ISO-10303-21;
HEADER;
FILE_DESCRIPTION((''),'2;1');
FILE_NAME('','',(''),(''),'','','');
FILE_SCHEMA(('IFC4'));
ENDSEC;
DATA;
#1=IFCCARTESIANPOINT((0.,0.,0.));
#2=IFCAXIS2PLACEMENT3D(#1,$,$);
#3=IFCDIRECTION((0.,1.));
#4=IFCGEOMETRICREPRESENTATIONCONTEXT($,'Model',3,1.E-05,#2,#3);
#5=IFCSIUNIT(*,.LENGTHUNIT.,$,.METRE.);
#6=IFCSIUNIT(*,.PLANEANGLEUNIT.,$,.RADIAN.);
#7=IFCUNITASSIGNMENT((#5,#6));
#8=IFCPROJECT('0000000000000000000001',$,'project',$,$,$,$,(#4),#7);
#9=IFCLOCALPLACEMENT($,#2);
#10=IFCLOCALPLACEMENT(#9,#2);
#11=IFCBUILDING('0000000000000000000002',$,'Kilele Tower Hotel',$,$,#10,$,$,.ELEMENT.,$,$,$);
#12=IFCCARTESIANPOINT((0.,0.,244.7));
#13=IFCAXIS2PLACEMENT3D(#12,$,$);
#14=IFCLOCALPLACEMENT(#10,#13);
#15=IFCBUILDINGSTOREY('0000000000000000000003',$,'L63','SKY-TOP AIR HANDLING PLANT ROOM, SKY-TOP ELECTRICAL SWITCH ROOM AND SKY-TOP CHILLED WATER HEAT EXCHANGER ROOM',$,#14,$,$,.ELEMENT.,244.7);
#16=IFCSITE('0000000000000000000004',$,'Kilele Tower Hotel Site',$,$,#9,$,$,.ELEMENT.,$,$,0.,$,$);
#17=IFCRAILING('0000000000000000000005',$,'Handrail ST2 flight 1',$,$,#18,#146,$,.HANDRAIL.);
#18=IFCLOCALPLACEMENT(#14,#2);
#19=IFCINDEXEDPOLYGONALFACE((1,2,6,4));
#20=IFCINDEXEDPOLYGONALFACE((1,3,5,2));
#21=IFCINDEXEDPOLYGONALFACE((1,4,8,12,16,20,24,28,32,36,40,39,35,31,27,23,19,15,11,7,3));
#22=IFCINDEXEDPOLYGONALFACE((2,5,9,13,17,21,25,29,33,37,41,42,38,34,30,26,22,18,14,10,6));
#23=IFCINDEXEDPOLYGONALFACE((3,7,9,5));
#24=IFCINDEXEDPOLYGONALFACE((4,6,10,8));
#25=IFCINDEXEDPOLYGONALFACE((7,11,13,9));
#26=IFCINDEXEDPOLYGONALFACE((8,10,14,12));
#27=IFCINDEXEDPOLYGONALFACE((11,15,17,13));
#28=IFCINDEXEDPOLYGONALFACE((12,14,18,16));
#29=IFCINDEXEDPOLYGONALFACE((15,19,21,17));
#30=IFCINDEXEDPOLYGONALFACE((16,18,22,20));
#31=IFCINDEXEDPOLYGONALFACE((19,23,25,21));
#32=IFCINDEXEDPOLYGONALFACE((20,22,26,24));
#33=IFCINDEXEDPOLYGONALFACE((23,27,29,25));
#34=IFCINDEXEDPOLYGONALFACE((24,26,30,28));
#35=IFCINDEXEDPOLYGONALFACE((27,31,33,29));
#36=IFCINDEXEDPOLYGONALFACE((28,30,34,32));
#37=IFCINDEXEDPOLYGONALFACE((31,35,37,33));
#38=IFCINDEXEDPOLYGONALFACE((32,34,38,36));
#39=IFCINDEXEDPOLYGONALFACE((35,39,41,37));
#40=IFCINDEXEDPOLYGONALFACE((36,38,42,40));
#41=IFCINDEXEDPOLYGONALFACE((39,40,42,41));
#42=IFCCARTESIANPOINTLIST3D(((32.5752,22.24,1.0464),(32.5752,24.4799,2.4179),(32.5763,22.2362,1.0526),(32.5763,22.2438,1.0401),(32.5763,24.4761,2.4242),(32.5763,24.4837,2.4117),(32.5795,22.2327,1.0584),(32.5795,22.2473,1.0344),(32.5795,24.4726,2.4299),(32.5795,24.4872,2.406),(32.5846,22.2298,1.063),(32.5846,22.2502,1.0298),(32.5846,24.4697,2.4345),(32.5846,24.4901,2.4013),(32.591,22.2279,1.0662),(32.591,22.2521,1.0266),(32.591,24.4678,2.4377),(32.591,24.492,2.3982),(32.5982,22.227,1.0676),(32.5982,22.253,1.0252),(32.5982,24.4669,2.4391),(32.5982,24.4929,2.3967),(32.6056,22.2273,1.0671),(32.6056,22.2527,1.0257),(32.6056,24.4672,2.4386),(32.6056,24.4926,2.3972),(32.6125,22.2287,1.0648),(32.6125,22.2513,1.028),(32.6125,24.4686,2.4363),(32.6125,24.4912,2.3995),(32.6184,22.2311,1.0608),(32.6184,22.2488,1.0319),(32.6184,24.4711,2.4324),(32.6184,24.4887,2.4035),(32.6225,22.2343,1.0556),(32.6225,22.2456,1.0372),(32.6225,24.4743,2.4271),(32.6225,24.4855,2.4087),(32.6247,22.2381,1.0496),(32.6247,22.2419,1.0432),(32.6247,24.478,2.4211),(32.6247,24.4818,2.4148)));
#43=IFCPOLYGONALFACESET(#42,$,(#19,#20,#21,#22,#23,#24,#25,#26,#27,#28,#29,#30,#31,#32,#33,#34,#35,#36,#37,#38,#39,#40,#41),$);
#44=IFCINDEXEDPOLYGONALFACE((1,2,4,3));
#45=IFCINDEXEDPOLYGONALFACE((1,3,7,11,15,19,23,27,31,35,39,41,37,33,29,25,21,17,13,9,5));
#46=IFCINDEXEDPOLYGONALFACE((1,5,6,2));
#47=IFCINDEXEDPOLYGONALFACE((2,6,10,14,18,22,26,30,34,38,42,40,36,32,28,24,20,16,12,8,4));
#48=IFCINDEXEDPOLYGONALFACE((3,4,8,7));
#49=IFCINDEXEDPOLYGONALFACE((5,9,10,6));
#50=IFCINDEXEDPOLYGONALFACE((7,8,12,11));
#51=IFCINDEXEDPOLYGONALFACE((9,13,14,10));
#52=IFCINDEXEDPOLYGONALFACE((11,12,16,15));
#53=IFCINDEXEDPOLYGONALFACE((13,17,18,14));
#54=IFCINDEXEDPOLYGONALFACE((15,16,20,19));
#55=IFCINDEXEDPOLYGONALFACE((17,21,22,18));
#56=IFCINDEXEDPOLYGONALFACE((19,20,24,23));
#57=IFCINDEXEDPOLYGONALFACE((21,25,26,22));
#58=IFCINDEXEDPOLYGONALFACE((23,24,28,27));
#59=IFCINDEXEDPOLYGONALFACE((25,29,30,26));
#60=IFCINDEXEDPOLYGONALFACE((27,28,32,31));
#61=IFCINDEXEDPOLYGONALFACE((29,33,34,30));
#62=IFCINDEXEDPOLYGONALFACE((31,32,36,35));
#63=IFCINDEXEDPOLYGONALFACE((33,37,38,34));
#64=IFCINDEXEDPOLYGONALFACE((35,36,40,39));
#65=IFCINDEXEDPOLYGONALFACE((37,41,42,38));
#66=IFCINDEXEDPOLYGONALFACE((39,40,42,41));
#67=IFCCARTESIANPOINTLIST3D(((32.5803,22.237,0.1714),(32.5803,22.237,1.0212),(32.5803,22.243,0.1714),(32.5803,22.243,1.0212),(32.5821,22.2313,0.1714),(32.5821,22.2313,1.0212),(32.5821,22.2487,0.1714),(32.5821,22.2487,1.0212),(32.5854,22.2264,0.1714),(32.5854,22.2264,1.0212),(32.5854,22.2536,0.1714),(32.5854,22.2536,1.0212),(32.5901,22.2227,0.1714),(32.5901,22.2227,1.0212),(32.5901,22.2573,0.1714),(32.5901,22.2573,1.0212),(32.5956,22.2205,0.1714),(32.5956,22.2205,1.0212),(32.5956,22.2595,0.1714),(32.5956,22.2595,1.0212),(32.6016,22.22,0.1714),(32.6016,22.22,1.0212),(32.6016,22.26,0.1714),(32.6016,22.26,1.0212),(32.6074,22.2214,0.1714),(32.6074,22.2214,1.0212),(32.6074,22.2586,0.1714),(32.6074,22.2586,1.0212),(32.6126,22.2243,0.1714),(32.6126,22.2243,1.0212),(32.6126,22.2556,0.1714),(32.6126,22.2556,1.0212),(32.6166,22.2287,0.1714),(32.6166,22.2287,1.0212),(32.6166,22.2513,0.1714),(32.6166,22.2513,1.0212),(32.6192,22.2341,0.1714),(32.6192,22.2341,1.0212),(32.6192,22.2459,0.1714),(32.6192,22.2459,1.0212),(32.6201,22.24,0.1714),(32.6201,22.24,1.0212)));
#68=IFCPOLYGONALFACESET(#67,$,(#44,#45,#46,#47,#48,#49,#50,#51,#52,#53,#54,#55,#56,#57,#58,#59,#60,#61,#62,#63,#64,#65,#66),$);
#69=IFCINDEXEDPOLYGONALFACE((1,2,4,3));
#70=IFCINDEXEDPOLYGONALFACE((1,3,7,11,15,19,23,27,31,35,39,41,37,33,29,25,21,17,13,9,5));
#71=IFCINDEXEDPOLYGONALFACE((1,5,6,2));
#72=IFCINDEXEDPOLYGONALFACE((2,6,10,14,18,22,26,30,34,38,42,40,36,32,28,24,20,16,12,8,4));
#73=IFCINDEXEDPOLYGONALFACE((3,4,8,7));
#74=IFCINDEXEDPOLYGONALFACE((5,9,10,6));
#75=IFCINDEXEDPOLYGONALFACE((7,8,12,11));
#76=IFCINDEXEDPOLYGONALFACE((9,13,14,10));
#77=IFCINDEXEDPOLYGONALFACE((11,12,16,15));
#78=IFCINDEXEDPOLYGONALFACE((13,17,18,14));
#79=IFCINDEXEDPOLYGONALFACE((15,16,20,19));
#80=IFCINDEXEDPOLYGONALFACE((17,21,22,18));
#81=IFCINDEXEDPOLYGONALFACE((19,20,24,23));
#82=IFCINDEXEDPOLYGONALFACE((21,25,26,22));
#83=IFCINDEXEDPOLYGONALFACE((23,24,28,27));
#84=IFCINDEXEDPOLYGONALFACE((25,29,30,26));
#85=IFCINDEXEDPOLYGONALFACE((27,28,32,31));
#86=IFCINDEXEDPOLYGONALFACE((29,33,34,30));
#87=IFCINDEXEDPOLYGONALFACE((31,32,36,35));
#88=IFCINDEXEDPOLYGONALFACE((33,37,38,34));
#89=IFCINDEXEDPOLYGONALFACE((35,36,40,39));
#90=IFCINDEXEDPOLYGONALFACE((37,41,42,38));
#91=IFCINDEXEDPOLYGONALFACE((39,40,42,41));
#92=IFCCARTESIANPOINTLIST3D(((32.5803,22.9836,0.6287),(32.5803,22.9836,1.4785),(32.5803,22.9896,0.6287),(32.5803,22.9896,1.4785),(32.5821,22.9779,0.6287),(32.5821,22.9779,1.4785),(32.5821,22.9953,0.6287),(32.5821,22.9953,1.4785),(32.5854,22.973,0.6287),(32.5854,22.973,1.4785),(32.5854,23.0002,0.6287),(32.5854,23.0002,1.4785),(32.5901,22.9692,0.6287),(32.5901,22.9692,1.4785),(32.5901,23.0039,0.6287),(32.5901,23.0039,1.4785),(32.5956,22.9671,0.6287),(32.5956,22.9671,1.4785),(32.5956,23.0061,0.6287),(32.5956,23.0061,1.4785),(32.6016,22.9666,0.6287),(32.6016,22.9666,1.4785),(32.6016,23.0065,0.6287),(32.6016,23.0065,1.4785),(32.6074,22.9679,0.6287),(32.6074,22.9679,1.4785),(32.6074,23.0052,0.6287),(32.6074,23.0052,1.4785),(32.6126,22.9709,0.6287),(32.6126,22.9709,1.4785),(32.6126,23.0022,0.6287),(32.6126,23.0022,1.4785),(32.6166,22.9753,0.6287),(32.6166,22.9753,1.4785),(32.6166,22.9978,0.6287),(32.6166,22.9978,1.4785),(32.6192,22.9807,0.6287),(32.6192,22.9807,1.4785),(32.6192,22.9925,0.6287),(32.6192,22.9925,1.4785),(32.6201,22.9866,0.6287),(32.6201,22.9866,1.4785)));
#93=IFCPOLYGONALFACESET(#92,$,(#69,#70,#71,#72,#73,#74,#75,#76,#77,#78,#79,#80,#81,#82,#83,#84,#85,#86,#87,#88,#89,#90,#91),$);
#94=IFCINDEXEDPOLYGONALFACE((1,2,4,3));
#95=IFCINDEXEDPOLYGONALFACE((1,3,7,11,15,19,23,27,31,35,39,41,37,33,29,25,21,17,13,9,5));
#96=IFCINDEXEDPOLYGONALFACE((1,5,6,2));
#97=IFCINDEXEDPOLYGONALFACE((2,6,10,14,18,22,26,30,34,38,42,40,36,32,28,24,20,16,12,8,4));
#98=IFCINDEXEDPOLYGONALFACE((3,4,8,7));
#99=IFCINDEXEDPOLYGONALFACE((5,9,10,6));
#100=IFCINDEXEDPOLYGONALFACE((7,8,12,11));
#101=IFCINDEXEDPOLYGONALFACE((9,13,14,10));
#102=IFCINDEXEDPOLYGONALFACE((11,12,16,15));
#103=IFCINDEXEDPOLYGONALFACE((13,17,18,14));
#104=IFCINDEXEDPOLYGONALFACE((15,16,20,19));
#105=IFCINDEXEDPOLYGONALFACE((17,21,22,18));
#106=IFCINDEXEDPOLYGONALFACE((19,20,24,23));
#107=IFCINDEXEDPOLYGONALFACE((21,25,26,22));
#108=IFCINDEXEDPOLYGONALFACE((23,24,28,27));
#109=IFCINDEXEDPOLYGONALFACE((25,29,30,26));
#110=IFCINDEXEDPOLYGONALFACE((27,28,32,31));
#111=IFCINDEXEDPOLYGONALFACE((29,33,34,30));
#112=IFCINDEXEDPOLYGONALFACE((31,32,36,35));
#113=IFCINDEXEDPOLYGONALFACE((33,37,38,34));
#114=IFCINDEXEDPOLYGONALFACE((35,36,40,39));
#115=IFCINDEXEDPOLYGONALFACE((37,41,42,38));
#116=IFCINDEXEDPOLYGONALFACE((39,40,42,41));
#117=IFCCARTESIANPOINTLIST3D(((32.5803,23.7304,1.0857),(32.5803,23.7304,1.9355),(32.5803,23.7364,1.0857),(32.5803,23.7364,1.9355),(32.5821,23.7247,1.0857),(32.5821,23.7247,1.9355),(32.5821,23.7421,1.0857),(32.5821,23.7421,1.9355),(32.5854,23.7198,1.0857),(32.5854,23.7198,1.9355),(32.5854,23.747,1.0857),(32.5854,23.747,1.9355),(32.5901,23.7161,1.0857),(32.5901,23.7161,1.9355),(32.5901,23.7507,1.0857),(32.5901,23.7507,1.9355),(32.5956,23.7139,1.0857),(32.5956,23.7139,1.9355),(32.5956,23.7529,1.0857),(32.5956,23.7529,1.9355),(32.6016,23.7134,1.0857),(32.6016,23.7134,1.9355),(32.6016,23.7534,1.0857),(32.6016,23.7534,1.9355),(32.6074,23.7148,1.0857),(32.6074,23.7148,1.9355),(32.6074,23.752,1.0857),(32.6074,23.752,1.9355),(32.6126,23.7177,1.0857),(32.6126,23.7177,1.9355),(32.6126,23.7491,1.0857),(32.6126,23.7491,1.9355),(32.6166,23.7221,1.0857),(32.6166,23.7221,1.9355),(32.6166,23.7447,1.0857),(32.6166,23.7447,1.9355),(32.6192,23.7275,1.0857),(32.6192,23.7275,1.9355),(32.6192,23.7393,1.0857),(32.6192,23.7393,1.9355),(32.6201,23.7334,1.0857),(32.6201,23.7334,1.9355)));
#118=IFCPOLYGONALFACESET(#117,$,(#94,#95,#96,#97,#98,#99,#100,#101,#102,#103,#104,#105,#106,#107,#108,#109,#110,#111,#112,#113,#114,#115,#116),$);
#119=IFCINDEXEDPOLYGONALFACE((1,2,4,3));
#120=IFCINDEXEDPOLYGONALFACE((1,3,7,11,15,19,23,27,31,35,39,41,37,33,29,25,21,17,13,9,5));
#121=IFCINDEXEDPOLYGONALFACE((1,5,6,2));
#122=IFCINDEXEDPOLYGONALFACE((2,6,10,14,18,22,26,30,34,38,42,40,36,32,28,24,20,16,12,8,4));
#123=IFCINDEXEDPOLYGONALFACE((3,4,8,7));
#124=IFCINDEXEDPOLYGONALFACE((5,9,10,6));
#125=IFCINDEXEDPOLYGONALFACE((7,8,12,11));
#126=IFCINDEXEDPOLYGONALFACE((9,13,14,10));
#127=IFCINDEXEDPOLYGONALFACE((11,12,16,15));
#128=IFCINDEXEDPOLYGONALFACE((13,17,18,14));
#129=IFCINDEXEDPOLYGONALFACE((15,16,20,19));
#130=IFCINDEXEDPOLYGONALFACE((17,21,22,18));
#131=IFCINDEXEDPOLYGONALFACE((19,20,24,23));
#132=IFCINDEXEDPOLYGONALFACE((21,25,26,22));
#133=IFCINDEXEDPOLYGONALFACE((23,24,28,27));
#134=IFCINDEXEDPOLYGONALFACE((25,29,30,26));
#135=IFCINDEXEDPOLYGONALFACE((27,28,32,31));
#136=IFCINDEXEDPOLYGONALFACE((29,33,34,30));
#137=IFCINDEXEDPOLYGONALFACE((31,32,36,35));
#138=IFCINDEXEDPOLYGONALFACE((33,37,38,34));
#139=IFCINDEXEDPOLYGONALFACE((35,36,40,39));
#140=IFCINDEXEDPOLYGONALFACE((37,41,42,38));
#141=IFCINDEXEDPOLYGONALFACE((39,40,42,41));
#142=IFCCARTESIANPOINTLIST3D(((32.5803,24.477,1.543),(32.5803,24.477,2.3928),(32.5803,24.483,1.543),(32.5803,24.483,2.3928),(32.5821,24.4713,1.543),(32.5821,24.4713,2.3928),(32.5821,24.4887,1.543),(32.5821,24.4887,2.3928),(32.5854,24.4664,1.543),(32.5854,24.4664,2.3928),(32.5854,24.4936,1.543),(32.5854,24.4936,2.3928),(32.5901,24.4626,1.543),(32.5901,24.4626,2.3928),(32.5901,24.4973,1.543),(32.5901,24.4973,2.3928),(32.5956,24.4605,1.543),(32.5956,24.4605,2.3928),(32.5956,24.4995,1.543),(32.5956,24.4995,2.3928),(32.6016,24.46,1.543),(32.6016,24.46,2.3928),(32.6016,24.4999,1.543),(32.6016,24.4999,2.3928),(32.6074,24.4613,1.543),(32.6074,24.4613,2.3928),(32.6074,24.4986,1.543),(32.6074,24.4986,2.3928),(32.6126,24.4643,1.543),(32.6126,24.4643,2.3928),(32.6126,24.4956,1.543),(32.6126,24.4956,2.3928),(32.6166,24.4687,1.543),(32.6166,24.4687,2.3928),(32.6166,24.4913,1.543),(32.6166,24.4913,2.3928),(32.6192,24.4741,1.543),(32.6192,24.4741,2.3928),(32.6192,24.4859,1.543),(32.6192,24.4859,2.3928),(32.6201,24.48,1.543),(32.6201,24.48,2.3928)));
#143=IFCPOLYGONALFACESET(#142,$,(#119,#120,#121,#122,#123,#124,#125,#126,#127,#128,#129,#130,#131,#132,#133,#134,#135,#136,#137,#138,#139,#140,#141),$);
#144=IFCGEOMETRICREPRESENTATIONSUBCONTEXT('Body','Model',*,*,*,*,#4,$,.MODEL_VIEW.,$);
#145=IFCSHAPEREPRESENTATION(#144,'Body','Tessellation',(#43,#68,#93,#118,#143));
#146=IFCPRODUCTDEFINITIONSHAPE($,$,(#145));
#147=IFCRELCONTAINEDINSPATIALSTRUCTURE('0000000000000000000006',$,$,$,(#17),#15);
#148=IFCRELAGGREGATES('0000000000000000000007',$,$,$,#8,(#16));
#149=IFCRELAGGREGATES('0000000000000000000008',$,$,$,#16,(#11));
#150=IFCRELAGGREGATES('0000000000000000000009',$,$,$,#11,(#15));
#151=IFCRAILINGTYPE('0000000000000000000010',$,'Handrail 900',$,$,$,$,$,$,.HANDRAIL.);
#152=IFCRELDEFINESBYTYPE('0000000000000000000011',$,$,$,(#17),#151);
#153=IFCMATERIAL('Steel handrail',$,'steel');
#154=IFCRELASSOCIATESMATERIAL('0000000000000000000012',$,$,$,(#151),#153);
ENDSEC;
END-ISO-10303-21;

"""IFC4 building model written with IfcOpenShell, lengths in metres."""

from ifc_helpers import new_model, si_unit, direction, frame, origin, origin_2d, place, context, subcontext, project, spatial, circle, extrude, material, type_object, element, save


model = new_model("IFC4")

# Units and contexts
model_context = context("Model", 3, precision=1e-05, world=origin(), true_north=direction((0.0, 1.0)))
body_context = subcontext(model_context, "Body", "Model", "MODEL_VIEW")
ifc_project = project(units=[si_unit("LENGTHUNIT", "METRE"), si_unit("PLANEANGLEUNIT", "RADIAN")], contexts=[model_context])

# Site, building, storey
site_placement = place(None, origin())
site = spatial("IfcSite", under=ifc_project, at=site_placement, Name="Kilele Tower Hotel Site", CompositionType="ELEMENT", RefElevation=0.0)
building_placement = place(site_placement, origin())
building = spatial("IfcBuilding", under=site, at=building_placement, Name="Kilele Tower Hotel", CompositionType="ELEMENT")
storey_placement = place(building_placement, frame((0.0, 0.0, 244.7)))
storey = spatial("IfcBuildingStorey", under=building, at=storey_placement, Name="L63", Description="SKY-TOP AIR HANDLING PLANT ROOM, SKY-TOP ELECTRICAL SWITCH ROOM AND SKY-TOP CHILLED WATER HEAT EXCHANGER ROOM", CompositionType="ELEMENT", Elevation=244.7)

# Railing
ifc_material_1 = material(Name="Steel handrail", Category="steel")
railing_type_1 = type_object("IfcRailingType", Name="Handrail 900", PredefinedType="HANDRAIL", material=ifc_material_1)
for number, where, name in (
    (1, (32.6001, 22.24, 0.1714), "Handrail ST2 flight 1"),
):
    element("IfcRailing", number, at=place(storey_placement, frame(where)), inside=storey, type_object=railing_type_1, Name=name, PredefinedType="HANDRAIL", context=body_context, shape_type="SweptSolid", body=[
        extrude(circle(Radius=0.0249, at=origin_2d()), frame((0.0, 0.0, 0.875), z_axis=(0.0, 0.852824, 0.522198), x_axis=(-1.0, 0.0, 0.0)), (0.0, 0.0, 1.0), 2.6265),
        extrude(circle(Radius=0.02, at=origin_2d()), origin(), (0.0, 0.0, 1.0), 0.8499),
        extrude(circle(Radius=0.02, at=origin_2d()), frame((0.0, 0.7466, 0.4573)), (0.0, 0.0, 1.0), 0.8499),
        extrude(circle(Radius=0.02, at=origin_2d()), frame((0.0, 1.4934, 0.9143)), (0.0, 0.0, 1.0), 0.8499),
        extrude(circle(Radius=0.02, at=origin_2d()), frame((0.0, 2.24, 1.3716)), (0.0, 0.0, 1.0), 0.8499),
    ])

save(model, "model.ifc")
